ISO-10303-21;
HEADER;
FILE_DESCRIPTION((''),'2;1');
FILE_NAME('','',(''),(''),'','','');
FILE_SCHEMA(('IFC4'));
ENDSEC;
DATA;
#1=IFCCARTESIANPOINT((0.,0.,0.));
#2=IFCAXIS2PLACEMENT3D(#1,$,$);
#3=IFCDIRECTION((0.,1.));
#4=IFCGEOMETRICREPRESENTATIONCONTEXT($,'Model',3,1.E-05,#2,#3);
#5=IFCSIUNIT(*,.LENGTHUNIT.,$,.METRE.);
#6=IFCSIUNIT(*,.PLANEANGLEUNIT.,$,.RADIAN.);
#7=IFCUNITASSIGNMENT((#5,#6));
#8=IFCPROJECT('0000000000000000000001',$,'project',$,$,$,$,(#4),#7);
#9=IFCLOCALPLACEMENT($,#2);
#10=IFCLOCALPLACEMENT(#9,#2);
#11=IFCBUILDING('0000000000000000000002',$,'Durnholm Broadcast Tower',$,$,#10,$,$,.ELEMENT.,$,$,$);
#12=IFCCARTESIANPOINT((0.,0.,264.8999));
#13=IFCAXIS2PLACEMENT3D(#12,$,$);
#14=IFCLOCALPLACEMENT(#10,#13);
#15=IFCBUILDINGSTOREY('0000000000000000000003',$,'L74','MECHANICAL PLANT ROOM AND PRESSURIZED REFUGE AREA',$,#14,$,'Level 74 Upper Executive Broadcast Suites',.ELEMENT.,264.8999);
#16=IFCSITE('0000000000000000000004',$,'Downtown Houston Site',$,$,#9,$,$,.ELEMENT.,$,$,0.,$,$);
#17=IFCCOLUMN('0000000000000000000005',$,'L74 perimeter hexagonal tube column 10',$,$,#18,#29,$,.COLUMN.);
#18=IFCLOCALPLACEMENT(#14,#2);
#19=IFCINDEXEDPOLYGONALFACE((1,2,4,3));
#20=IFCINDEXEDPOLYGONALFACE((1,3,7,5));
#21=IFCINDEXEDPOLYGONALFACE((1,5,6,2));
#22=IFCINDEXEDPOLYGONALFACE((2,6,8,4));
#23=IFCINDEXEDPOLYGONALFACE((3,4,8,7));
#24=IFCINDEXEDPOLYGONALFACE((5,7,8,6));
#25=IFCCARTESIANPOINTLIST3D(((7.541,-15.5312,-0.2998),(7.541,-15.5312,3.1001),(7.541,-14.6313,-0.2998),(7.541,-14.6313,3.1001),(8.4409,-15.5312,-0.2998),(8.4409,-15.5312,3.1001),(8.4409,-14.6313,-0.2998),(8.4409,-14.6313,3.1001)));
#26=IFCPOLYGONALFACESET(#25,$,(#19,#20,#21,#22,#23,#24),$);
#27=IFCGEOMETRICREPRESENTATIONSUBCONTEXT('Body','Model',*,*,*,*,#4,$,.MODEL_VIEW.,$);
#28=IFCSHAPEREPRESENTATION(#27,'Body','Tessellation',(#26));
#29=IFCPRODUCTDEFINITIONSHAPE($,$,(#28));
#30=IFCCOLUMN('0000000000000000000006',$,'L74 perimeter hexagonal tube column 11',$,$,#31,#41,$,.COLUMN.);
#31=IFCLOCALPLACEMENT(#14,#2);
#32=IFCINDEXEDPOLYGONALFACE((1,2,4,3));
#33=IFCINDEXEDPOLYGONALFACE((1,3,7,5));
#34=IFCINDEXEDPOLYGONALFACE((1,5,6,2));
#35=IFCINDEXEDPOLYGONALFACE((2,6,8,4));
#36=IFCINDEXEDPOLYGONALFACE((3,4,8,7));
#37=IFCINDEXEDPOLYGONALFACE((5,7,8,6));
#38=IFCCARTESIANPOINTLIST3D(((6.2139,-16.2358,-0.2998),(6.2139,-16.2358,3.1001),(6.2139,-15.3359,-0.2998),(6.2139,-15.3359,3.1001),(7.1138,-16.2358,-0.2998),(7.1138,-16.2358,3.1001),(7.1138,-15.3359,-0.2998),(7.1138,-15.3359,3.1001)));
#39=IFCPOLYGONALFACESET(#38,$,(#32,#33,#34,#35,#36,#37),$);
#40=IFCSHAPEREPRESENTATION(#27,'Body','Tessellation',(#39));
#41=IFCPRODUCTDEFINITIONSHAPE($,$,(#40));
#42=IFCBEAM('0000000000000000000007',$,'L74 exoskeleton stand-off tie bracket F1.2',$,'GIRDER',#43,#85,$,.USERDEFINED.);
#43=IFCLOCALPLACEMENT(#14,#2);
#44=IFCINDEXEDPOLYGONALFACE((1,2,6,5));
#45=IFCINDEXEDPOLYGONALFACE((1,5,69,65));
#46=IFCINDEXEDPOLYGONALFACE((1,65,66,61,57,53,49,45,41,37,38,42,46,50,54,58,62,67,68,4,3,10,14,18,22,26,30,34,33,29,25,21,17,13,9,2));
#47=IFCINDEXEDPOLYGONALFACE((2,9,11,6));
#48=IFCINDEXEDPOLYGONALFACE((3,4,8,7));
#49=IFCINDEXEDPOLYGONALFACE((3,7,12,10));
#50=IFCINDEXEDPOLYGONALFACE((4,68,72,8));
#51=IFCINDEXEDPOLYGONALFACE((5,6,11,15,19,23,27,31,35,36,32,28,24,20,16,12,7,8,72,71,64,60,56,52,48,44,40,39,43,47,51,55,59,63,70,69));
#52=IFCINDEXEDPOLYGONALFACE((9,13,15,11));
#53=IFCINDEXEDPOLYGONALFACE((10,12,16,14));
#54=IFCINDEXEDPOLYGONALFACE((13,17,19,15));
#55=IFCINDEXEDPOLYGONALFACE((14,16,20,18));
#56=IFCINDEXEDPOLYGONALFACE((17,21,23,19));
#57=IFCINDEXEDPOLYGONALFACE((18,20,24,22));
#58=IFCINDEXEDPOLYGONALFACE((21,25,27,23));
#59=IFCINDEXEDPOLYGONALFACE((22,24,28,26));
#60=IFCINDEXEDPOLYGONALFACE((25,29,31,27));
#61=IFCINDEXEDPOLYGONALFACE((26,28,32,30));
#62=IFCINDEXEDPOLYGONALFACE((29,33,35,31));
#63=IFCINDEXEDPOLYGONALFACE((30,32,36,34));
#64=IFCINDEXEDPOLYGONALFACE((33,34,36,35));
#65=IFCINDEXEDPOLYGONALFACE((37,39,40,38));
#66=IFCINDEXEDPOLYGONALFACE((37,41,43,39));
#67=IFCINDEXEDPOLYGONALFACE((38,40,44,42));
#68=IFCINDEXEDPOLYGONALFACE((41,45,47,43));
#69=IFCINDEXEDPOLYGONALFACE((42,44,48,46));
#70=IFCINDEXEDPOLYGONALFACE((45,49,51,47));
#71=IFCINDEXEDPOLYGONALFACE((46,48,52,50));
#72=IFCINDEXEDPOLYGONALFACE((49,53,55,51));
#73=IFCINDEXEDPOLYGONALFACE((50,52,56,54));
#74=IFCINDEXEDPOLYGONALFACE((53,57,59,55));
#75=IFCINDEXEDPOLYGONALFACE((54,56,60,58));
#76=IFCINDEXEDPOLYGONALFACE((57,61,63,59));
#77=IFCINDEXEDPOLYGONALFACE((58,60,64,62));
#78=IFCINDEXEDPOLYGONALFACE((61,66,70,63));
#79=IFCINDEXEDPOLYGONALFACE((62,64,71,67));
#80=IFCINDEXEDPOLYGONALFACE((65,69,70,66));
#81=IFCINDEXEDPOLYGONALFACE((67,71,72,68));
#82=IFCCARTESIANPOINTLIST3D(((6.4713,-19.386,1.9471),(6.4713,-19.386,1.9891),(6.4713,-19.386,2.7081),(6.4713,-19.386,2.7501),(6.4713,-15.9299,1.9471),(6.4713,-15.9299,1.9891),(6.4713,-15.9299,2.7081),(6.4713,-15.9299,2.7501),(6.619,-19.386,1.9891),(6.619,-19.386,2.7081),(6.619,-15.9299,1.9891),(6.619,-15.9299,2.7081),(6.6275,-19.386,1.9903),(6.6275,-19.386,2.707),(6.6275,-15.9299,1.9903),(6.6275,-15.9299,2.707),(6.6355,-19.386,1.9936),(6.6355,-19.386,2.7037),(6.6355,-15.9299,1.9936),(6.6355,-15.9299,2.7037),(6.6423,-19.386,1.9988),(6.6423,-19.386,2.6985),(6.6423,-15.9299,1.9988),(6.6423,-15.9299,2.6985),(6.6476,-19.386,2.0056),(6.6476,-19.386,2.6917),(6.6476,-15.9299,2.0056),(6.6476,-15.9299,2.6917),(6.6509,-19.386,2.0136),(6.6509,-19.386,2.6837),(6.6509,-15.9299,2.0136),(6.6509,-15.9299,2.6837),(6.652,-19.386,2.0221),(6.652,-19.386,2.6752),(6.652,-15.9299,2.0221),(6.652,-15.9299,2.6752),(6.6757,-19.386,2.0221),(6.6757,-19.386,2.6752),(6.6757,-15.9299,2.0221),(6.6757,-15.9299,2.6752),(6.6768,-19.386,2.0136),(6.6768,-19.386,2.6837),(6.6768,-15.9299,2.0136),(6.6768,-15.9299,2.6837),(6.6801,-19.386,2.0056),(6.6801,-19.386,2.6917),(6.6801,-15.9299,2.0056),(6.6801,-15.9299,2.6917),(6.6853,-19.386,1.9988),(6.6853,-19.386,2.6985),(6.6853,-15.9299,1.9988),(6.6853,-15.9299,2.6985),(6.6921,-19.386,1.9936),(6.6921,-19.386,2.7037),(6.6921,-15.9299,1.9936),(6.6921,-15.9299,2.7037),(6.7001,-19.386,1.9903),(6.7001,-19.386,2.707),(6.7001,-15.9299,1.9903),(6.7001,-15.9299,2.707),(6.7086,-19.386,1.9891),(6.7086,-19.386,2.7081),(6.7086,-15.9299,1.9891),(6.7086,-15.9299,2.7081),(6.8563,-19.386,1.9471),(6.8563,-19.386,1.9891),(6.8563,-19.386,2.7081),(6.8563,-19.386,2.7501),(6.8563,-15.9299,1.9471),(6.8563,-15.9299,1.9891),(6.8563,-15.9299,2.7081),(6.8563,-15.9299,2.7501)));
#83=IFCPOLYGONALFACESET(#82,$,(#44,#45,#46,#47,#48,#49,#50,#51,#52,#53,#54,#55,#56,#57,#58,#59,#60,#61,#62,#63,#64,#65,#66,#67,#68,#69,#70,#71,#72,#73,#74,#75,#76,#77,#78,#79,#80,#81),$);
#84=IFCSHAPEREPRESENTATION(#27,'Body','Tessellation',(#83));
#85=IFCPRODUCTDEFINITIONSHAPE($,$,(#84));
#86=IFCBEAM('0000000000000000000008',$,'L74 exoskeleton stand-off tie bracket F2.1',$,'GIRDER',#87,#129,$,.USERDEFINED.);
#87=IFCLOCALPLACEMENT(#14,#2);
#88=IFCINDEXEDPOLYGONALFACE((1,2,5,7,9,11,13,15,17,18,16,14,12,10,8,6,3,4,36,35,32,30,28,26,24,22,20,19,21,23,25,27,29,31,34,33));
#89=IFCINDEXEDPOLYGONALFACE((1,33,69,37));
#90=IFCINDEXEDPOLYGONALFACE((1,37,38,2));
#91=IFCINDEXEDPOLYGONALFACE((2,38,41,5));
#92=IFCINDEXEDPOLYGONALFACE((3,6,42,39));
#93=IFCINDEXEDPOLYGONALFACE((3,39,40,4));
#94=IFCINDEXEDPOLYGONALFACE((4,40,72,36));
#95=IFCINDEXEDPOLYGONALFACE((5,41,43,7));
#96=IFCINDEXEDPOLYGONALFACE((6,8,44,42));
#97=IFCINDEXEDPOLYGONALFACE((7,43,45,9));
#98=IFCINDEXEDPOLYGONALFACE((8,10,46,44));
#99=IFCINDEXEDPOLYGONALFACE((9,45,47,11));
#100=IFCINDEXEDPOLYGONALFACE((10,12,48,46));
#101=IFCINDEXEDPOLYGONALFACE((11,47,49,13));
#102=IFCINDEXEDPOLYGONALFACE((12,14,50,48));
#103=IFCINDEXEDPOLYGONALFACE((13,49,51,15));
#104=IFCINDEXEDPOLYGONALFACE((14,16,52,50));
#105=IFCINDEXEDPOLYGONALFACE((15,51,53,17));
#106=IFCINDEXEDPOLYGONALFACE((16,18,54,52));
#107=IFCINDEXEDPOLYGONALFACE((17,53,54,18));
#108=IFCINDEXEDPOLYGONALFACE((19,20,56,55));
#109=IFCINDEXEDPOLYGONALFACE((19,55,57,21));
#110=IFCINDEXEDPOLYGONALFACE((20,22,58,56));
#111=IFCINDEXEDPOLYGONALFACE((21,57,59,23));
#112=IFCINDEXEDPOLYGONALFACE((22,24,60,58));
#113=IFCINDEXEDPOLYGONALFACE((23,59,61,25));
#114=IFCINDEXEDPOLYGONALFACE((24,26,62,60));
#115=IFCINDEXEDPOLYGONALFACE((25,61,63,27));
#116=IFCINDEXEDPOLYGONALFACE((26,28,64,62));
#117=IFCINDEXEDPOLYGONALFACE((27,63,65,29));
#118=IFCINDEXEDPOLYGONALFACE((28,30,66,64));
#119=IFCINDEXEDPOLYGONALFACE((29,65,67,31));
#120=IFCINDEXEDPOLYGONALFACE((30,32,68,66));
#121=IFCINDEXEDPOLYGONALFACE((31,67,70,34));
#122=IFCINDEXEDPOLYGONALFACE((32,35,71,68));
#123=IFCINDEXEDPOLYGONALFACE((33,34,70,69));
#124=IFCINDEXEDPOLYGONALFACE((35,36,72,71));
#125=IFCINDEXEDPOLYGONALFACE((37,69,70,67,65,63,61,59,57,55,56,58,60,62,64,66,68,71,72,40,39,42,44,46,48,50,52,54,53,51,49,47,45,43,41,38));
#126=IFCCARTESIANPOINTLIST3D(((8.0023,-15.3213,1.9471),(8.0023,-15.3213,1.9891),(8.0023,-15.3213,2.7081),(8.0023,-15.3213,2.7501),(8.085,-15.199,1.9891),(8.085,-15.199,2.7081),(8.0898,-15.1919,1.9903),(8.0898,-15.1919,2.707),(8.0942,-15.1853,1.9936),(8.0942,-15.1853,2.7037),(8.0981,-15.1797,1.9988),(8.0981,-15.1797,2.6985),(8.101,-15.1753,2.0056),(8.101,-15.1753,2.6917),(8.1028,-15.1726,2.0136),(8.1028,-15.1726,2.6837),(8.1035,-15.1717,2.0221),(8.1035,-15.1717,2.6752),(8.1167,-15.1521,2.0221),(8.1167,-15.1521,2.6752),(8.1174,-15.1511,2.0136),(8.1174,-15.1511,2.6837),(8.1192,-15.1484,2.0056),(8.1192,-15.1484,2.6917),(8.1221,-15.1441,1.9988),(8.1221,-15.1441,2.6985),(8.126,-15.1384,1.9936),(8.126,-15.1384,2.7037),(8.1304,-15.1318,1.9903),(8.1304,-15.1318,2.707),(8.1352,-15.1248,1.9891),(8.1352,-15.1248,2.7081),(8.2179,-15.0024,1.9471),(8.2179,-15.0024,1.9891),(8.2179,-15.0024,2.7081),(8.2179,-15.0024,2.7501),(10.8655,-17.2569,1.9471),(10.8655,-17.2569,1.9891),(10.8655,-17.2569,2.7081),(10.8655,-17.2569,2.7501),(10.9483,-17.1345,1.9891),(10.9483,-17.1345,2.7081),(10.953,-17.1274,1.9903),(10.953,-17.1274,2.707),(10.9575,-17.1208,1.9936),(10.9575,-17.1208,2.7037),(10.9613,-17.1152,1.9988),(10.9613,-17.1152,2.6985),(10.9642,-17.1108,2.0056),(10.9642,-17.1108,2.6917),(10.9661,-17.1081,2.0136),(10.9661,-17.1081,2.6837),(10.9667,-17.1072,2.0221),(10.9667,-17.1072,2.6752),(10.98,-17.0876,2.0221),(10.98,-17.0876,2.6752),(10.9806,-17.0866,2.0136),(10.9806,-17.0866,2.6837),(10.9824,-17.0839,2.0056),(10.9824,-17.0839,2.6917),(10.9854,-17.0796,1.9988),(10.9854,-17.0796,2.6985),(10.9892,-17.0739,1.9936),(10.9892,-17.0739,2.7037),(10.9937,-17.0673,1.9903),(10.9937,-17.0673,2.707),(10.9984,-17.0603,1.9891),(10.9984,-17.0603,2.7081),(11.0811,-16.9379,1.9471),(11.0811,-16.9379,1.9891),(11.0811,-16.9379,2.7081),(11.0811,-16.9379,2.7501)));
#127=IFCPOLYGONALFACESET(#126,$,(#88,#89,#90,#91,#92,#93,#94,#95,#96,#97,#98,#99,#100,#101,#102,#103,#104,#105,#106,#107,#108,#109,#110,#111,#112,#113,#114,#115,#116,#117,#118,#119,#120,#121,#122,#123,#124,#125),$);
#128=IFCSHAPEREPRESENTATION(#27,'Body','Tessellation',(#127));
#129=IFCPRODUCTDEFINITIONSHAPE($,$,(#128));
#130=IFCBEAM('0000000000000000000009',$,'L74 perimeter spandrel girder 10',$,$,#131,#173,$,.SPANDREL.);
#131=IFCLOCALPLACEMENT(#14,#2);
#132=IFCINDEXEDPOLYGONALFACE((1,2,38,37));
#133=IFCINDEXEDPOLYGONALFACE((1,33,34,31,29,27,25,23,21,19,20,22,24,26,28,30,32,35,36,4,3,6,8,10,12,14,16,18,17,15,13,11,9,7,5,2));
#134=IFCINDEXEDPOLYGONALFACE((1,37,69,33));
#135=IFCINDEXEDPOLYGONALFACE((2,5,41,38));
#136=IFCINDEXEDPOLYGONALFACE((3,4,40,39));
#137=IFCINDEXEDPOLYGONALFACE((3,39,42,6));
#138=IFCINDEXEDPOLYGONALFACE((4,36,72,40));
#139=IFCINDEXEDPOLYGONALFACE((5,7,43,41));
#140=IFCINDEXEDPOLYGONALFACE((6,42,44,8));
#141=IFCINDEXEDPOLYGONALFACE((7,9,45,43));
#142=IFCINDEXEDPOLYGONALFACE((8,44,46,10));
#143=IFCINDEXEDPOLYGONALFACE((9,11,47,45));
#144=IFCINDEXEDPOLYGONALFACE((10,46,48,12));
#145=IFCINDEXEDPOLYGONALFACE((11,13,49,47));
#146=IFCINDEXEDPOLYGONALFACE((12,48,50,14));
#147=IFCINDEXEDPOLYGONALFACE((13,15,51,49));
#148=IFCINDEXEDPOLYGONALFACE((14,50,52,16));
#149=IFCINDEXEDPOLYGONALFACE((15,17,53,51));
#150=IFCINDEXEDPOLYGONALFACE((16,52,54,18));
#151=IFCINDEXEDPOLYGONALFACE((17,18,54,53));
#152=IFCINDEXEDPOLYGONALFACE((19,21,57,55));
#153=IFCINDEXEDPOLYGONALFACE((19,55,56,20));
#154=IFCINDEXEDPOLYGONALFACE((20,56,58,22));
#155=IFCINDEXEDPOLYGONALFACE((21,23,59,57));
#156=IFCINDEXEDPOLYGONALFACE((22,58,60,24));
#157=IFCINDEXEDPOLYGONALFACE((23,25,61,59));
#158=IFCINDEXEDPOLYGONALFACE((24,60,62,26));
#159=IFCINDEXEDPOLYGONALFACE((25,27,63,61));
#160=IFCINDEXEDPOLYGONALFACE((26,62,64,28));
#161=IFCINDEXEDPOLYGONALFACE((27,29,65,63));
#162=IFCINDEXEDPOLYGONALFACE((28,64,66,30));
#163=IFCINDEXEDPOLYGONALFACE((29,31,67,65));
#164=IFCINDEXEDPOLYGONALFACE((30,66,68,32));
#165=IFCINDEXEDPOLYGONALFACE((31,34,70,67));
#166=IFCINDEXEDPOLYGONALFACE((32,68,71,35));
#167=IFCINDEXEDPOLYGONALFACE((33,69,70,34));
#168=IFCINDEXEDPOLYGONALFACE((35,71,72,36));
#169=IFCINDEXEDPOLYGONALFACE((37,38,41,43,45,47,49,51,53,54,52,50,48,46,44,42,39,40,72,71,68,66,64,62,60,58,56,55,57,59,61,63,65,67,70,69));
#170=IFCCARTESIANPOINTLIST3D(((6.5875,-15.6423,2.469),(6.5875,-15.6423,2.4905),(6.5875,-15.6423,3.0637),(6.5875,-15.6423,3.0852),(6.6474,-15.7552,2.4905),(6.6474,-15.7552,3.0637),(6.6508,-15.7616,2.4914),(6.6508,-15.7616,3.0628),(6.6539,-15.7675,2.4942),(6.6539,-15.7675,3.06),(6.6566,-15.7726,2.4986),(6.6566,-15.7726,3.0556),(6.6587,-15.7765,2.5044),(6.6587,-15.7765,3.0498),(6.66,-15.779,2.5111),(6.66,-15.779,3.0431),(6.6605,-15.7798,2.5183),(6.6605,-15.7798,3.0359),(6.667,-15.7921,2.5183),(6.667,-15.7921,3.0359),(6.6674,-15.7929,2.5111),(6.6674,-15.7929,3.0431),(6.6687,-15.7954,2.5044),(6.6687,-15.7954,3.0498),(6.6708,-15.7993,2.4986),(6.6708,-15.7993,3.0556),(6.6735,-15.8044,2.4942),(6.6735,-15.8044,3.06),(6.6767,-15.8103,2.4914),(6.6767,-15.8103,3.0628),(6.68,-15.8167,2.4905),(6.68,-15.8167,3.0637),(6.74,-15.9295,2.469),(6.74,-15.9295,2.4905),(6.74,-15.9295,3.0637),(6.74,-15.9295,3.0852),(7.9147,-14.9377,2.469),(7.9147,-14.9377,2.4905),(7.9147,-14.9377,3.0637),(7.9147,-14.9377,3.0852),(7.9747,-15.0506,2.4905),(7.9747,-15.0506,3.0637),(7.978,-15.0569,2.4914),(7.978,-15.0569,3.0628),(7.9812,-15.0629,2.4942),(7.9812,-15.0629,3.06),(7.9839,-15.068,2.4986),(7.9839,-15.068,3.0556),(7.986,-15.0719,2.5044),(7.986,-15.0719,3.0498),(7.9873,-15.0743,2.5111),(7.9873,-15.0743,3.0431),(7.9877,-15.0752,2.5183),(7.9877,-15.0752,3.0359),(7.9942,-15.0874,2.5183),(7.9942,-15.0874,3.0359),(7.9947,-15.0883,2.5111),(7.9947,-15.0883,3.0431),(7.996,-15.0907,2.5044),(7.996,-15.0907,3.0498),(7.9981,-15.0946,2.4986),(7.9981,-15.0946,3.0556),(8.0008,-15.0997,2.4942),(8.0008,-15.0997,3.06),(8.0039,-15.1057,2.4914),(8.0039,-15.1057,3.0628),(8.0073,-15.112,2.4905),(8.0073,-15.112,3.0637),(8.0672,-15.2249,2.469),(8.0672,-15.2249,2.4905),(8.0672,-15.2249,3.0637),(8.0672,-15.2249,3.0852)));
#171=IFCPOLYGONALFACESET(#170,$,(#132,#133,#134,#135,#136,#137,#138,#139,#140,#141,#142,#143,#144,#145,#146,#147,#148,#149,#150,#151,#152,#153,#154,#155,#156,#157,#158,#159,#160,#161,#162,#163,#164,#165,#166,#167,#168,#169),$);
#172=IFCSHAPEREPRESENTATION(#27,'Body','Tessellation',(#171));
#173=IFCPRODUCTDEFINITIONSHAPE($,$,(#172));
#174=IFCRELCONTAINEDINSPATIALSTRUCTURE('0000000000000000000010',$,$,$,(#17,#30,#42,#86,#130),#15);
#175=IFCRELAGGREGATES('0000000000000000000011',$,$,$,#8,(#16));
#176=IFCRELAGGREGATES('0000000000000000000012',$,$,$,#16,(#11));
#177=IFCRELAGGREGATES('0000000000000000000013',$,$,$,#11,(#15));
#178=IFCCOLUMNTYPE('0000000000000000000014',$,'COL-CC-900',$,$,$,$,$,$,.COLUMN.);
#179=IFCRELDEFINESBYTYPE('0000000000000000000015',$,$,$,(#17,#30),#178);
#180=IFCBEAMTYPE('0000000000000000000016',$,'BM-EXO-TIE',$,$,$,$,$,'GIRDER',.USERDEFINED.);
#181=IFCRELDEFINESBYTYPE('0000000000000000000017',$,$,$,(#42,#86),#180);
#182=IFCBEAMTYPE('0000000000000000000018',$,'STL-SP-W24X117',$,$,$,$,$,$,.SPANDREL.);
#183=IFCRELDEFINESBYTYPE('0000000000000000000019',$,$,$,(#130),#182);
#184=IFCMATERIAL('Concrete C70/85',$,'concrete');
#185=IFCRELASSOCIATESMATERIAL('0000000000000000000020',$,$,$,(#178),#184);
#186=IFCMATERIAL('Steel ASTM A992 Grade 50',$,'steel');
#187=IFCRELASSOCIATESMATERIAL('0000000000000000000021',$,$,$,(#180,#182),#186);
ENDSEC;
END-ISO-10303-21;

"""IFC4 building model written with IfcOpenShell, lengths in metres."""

from ifc_helpers import new_model, si_unit, direction, frame, origin, origin_2d, place, context, subcontext, project, spatial, rectangle, i_section, extrude, source, transform, mapped, material, material_profile, profile_set, type_object, type_shapes, element, save


model = new_model("IFC4")

# Units and contexts
model_context = context("Model", 3, precision=1e-05, world=origin(), true_north=direction((0.0, 1.0)))
body_context = subcontext(model_context, "Body", "Model", "MODEL_VIEW")
ifc_project = project(units=[si_unit("LENGTHUNIT", "METRE"), si_unit("PLANEANGLEUNIT", "RADIAN")], contexts=[model_context])

# Site, building, storey
site_placement = place(None, origin())
site = spatial("IfcSite", under=ifc_project, at=site_placement, Name="Downtown Houston Site", CompositionType="ELEMENT", RefElevation=0.0)
building_placement = place(site_placement, origin())
building = spatial("IfcBuilding", under=site, at=building_placement, Name="Durnholm Broadcast Tower", CompositionType="ELEMENT")
storey_placement = place(building_placement, frame((0.0, 0.0, 264.8999)))
storey = spatial("IfcBuildingStorey", under=building, at=storey_placement, Name="L74", Description="MECHANICAL PLANT ROOM AND PRESSURIZED REFUGE AREA", LongName="Level 74 Upper Executive Broadcast Suites", CompositionType="ELEMENT", Elevation=264.8999)

# Columns
ifc_material_1 = material(Name="Concrete C70/85", Category="concrete")
ifc_material_profile_1 = material_profile(ifc_material_1, rectangle(XDim=0.8999, YDim=0.8999, at=origin_2d()), Name="RC900X900")
ifc_profile_set_1 = profile_set([ifc_material_profile_1], Name="Concrete C70/85")
column_type = type_object("IfcColumnType", Name="COL-CC-900", PredefinedType="COLUMN", material=ifc_profile_set_1)
shared_shape_1 = source(origin(), body_context, "Body", "SweptSolid", [
    extrude(rectangle(XDim=0.8999, YDim=0.8999, at=origin_2d()), origin(), (0.0, 0.0, 1.0), 3.3999),
])
type_shapes(column_type, [shared_shape_1])
for number, where, z_axis, x_axis, name in (
    (1, (7.991, -15.0813, -0.2998), (0.0, 0.0, 1.0), (1.0, 0.0, 0.0), "L74 perimeter hexagonal tube column 10"),
    (2, (6.6638, -15.7859, -0.2998), (0.0, 0.0, 1.0), (1.0, 0.0, 0.0), "L74 perimeter hexagonal tube column 11"),
):
    element("IfcColumn", number, at=place(storey_placement, frame(where, z_axis=z_axis, x_axis=x_axis)), inside=storey, type_object=column_type, Name=name, PredefinedType="COLUMN", context=body_context, shape_type="MappedRepresentation", body=[
        mapped(shared_shape_1, transform((0.0, 0.0, 0.0), x_axis=(1.0, 0.0, 0.0), y_axis=(0.0, 1.0, 0.0), z_axis=(0.0, 0.0, 1.0), scale=1.0)),
    ])

# Beams
ifc_material_2 = material(Name="Steel ASTM A992 Grade 50", Category="steel")
ifc_material_profile_2 = material_profile(ifc_material_2, i_section(OverallWidth=0.385, OverallDepth=0.803, WebThickness=0.0237, FlangeThickness=0.042, FilletRadius=0.033, at=origin_2d()), Name="W30X261")
ifc_profile_set_2 = profile_set([ifc_material_profile_2], Name="Steel ASTM A992 Grade 50")
beam_type_1 = type_object("IfcBeamType", Name="BM-EXO-TIE", ElementType="GIRDER", PredefinedType="USERDEFINED", material=ifc_profile_set_2)
shared_shape_2 = source(origin(), body_context, "Body", "SweptSolid", [
    extrude(i_section(OverallWidth=0.385, OverallDepth=0.803, WebThickness=0.0237, FlangeThickness=0.042, FilletRadius=0.033, at=origin_2d()), origin(), (0.0, 0.0, 1.0), 3.4561),
])
for number, where, z_axis, x_axis, name in (
    (3, (6.6638, -15.9299, 2.3486), (0.0, -1.0, 0.0), (1.0, 0.0, 0.0), "L74 exoskeleton stand-off tie bracket F1.2"),
    (4, (8.1101, -15.1619, 2.3486), (0.828468, -0.560036, 0.0), (0.560036, 0.828468, 0.0), "L74 exoskeleton stand-off tie bracket F2.1"),
):
    element("IfcBeam", number, at=place(storey_placement, frame(where, z_axis=z_axis, x_axis=x_axis)), inside=storey, type_object=beam_type_1, Name=name, ObjectType="GIRDER", PredefinedType="USERDEFINED", context=body_context, shape_type="MappedRepresentation", body=[
        mapped(shared_shape_2, transform((0.0, 0.0, 0.0), x_axis=(1.0, 0.0, 0.0), y_axis=(0.0, 1.0, 0.0), z_axis=(0.0, 0.0, 1.0), scale=1.0)),
    ])
ifc_material_profile_3 = material_profile(ifc_material_2, i_section(OverallWidth=0.3252, OverallDepth=0.6162, WebThickness=0.0139, FlangeThickness=0.0215, FilletRadius=0.0278, at=origin_2d()), Name="W24X117")
ifc_profile_set_3 = profile_set([ifc_material_profile_3], Name="Steel ASTM A992 Grade 50")
beam_type_2 = type_object("IfcBeamType", Name="STL-SP-W24X117", PredefinedType="SPANDREL", material=ifc_profile_set_3)
shared_shape_3 = source(origin(), body_context, "Body", "SweptSolid", [
    extrude(i_section(OverallWidth=0.3252, OverallDepth=0.6162, WebThickness=0.0139, FlangeThickness=0.0215, FilletRadius=0.0278, at=origin_2d()), origin(), (0.0, 0.0, 1.0), 1.5027),
])
beam_1_placement = place(storey_placement, frame((7.991, -15.0813, 2.7771), z_axis=(-0.883242, -0.468918, 0.0), x_axis=(0.468918, -0.883242, 0.0)))
element("IfcBeam", 5, at=beam_1_placement, inside=storey, type_object=beam_type_2, Name="L74 perimeter spandrel girder 10", PredefinedType="SPANDREL", context=body_context, shape_type="MappedRepresentation", body=[
    mapped(shared_shape_3, transform((0.0, 0.0, 0.0), x_axis=(1.0, 0.0, 0.0), y_axis=(0.0, 1.0, 0.0), z_axis=(0.0, 0.0, 1.0), scale=1.0)),
])

save(model, "model.ifc")
